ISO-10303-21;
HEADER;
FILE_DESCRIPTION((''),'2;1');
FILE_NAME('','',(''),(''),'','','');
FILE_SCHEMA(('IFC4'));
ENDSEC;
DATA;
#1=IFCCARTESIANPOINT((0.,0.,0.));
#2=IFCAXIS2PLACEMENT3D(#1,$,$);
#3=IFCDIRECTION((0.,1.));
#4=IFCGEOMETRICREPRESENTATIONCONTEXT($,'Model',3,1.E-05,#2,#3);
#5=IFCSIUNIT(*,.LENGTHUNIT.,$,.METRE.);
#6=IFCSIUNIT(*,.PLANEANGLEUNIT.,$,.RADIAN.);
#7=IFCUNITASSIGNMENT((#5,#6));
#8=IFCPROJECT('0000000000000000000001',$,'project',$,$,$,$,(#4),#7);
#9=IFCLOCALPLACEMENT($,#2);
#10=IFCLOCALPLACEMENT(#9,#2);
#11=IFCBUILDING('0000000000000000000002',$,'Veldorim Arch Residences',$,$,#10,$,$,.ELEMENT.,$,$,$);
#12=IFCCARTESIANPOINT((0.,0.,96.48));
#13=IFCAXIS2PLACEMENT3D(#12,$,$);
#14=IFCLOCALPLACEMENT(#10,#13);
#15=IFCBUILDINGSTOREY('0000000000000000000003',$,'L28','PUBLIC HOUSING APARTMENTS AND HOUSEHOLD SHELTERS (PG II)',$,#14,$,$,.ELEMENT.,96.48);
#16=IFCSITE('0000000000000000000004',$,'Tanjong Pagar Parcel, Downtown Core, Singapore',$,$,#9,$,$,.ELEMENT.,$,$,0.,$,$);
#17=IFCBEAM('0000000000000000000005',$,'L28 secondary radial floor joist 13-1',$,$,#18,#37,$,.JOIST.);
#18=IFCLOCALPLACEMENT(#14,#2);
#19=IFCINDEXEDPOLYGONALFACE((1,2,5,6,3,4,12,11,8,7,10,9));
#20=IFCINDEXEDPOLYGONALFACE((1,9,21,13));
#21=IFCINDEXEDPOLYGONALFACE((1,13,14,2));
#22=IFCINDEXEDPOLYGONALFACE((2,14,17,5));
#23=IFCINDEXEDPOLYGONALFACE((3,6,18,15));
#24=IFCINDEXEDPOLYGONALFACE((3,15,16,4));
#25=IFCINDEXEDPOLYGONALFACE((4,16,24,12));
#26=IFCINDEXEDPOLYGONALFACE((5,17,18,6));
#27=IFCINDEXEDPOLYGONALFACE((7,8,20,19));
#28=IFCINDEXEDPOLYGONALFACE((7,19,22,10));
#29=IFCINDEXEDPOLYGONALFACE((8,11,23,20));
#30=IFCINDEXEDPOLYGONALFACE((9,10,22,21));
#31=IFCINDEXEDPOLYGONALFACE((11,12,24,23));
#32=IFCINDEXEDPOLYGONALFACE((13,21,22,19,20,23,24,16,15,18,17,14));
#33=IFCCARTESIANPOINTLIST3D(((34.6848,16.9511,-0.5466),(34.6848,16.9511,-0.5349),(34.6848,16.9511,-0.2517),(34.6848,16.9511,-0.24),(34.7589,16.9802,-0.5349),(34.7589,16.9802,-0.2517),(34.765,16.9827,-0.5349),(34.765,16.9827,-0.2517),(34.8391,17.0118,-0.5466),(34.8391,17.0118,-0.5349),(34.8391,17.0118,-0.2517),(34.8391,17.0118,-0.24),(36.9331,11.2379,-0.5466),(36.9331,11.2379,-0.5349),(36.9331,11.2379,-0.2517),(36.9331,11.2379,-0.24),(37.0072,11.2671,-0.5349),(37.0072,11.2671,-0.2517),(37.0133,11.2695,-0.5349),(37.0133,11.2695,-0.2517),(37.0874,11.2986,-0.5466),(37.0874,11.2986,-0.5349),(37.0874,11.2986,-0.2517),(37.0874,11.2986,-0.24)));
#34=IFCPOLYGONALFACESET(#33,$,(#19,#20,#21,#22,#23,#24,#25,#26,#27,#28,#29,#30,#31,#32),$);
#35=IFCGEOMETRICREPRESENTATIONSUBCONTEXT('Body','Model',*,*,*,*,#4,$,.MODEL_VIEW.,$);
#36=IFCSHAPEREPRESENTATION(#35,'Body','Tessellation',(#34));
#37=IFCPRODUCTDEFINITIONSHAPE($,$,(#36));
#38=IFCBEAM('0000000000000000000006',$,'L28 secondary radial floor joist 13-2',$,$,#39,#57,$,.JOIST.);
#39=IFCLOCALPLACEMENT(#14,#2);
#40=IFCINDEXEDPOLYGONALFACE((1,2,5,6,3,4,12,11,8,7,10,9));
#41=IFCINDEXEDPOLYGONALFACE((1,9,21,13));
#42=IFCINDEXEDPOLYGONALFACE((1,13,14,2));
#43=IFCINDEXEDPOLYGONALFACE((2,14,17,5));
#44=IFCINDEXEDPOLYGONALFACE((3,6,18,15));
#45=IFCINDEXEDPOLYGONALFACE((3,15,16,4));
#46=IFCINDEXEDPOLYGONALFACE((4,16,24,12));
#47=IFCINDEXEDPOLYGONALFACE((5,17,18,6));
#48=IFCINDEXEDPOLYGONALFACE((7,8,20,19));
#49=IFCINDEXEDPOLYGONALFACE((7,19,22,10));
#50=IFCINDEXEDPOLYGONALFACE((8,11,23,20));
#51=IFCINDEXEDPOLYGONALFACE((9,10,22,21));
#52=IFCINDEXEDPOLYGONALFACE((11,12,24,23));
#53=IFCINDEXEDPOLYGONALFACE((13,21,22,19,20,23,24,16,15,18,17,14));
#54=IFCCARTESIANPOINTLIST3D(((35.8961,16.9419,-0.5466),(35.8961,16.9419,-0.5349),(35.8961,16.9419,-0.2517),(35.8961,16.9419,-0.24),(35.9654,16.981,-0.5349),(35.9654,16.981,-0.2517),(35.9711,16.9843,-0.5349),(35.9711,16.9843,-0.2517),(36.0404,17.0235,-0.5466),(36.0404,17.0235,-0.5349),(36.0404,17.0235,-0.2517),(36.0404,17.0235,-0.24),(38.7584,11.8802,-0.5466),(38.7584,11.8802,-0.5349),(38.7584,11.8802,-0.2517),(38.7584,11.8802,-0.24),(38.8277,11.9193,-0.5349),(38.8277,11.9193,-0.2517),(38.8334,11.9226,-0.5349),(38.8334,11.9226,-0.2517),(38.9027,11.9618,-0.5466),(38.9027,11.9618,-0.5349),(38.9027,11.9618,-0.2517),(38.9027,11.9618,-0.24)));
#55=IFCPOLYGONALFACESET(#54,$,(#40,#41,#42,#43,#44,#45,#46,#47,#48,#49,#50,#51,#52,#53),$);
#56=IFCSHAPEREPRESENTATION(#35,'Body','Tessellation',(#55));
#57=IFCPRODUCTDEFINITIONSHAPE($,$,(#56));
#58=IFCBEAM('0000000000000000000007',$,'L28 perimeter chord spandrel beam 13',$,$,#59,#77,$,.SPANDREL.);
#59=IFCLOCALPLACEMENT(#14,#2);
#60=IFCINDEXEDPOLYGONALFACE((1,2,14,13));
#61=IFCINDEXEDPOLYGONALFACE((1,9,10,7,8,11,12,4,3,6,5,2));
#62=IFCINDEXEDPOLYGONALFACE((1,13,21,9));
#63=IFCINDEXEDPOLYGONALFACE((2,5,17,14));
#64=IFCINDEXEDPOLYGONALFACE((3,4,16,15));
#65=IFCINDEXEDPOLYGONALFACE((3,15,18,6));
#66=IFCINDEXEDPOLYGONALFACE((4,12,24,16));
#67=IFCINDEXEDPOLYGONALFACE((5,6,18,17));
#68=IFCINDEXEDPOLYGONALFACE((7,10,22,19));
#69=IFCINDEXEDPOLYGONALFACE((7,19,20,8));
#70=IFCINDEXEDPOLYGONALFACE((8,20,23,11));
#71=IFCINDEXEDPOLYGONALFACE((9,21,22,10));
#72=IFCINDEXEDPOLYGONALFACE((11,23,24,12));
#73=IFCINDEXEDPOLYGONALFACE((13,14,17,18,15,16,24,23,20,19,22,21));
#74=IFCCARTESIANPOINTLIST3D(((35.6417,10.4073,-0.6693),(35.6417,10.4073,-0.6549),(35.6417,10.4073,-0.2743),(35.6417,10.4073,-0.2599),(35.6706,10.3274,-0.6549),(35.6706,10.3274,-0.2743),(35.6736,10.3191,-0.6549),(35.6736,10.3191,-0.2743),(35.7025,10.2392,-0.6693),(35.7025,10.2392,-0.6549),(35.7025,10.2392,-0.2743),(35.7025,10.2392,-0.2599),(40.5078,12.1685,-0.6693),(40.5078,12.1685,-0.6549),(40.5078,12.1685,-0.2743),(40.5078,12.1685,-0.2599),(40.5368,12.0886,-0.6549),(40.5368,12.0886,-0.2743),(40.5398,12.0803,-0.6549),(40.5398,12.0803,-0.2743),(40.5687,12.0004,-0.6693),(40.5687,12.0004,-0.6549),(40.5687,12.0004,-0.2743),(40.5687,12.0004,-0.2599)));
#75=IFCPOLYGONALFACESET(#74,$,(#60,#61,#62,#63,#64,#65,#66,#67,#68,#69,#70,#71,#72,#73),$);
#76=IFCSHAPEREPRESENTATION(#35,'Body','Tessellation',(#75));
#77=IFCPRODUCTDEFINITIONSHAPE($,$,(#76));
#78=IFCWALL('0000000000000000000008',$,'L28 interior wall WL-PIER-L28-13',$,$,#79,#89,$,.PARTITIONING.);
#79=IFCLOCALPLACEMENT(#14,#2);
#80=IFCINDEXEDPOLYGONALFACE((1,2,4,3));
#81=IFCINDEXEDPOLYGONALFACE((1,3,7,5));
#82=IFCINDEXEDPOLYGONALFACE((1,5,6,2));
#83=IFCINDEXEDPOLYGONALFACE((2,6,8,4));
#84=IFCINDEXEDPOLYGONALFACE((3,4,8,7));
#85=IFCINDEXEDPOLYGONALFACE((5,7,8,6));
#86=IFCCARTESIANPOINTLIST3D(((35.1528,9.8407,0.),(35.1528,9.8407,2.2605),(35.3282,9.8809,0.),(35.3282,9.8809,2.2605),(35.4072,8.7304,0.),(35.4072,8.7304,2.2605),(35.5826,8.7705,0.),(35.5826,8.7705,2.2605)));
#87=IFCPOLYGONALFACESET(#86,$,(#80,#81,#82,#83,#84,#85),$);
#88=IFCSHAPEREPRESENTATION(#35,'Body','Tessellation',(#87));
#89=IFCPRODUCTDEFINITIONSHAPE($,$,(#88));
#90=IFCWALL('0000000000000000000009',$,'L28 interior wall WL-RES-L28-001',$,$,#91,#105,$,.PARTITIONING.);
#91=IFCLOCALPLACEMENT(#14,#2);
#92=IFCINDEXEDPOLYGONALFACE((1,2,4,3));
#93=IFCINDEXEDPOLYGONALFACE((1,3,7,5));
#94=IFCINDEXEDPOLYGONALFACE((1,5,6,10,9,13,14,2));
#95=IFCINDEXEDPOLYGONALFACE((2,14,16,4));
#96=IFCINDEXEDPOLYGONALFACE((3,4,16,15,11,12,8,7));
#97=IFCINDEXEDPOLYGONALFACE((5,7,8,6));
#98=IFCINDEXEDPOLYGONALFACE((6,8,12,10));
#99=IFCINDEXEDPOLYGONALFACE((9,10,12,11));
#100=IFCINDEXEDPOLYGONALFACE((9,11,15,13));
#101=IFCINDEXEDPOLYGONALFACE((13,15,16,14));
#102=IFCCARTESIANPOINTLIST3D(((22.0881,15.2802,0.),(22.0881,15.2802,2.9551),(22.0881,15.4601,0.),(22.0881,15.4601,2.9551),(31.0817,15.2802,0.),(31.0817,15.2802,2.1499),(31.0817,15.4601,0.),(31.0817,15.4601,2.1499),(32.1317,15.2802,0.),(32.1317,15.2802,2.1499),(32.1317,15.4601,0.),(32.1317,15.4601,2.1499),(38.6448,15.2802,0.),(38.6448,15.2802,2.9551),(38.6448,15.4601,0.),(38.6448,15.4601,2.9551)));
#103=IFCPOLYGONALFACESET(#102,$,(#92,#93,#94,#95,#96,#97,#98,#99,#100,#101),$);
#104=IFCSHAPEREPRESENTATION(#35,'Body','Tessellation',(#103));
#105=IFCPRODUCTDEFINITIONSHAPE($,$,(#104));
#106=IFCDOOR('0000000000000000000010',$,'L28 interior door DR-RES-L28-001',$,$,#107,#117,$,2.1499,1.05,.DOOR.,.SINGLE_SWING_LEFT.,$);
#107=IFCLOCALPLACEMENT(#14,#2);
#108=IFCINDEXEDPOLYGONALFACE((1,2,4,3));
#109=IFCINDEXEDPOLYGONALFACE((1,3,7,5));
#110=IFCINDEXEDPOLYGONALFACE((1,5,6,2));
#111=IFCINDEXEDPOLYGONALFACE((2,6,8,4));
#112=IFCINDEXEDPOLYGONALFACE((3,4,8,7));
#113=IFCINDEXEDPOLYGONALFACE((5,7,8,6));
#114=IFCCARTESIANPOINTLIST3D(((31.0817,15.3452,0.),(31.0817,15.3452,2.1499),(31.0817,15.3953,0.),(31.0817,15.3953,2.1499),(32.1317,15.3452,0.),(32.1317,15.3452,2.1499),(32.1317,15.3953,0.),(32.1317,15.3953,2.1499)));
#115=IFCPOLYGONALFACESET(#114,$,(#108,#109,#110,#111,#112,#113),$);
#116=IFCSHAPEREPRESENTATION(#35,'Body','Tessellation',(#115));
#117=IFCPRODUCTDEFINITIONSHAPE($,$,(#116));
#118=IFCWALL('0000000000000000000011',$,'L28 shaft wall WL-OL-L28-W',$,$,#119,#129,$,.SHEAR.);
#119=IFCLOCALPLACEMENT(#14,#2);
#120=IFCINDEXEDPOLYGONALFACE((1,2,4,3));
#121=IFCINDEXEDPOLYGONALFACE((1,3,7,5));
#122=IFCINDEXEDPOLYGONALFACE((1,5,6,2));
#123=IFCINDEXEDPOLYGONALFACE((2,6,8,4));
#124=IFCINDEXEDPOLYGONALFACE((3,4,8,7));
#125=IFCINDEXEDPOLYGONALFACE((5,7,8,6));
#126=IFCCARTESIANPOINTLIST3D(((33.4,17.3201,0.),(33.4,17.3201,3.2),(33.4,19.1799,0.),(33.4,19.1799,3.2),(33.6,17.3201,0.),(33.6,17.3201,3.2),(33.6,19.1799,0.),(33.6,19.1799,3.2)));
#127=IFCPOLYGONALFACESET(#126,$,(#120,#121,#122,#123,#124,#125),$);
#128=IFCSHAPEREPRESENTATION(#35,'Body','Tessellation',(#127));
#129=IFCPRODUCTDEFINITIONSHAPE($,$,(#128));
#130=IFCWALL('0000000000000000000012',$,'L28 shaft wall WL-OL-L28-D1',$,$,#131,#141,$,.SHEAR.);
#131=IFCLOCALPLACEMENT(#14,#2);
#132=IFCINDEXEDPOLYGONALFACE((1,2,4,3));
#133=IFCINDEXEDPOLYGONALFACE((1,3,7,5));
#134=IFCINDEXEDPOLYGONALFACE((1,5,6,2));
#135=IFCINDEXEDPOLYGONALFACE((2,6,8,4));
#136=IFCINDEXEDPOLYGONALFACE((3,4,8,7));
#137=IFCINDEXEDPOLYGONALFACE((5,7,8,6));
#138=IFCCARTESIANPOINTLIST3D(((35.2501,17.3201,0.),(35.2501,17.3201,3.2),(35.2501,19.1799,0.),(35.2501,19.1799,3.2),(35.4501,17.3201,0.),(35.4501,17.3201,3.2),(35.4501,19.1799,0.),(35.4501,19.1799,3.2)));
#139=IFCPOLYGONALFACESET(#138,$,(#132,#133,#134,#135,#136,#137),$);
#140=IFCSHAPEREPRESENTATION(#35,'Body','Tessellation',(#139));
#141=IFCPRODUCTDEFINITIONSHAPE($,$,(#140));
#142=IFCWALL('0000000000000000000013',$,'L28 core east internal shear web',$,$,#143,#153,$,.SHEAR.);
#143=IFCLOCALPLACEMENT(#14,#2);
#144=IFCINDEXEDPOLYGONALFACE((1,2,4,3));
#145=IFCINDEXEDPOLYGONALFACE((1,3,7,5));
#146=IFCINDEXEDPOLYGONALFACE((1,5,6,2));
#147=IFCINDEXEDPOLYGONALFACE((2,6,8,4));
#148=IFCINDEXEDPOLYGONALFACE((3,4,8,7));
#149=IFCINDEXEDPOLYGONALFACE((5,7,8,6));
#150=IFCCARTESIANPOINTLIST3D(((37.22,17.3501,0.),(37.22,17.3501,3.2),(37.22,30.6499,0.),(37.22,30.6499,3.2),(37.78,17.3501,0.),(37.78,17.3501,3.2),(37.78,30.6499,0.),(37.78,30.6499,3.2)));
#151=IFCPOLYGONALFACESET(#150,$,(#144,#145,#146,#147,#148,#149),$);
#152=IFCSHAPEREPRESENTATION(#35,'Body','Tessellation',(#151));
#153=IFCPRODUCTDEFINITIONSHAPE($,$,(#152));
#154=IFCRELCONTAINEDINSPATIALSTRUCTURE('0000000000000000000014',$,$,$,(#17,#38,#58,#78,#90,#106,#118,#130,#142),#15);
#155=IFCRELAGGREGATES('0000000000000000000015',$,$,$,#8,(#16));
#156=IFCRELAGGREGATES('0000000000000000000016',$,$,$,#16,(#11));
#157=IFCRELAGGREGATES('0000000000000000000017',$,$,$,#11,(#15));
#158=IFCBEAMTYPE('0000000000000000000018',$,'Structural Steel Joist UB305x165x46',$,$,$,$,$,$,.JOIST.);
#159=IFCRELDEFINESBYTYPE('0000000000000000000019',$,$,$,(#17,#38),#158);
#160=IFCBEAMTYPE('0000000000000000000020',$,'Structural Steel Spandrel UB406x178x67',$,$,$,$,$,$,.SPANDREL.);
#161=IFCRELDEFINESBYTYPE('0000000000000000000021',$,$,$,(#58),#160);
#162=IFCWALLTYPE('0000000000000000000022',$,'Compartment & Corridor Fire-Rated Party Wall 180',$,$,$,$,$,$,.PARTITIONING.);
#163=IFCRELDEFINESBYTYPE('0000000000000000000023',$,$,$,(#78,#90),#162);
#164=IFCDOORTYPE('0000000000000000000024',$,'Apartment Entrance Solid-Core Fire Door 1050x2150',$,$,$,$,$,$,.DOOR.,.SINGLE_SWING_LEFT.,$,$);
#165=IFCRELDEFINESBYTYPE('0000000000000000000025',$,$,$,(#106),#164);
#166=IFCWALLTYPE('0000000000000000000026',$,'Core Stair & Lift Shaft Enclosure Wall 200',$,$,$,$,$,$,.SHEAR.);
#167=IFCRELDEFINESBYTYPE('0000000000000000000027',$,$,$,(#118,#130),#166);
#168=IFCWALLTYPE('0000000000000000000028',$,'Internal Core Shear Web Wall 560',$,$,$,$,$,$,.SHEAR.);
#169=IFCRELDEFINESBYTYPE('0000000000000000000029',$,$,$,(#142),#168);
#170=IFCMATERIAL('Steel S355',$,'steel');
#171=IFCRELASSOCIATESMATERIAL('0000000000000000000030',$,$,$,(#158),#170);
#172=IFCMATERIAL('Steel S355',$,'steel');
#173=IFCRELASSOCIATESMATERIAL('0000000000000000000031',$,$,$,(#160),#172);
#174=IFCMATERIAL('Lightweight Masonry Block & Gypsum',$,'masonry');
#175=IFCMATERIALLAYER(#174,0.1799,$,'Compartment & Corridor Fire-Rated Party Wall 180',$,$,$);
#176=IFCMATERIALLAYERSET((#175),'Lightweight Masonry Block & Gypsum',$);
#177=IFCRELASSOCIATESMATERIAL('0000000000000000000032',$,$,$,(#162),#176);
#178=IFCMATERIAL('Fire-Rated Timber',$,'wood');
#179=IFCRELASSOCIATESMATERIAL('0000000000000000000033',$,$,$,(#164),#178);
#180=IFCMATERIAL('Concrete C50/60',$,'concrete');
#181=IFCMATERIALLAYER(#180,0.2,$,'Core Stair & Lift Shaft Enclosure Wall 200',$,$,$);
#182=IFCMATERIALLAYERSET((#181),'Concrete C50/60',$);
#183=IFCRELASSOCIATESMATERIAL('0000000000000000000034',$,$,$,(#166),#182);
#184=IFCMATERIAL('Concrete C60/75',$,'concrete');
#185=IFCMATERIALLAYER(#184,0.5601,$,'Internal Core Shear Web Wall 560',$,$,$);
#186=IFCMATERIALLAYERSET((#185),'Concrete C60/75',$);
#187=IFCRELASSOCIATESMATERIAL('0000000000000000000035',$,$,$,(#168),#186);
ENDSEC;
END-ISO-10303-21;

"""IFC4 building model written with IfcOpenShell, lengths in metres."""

from ifc_helpers import new_model, si_unit, direction, frame, frame_2d, origin, origin_2d, place, context, subcontext, project, spatial, rectangle, i_section, extrude, material, layer, layer_set, material_profile, profile_set, type_object, element, fill, save


model = new_model("IFC4")

# Units and contexts
model_context = context("Model", 3, precision=1e-05, world=origin(), true_north=direction((0.0, 1.0)))
body_context = subcontext(model_context, "Body", "Model", "MODEL_VIEW")
ifc_project = project(units=[si_unit("LENGTHUNIT", "METRE"), si_unit("PLANEANGLEUNIT", "RADIAN")], contexts=[model_context])

# Site, building, storey
site_placement = place(None, origin())
site = spatial("IfcSite", under=ifc_project, at=site_placement, Name="Tanjong Pagar Parcel, Downtown Core, Singapore", CompositionType="ELEMENT", RefElevation=0.0)
building_placement = place(site_placement, origin())
building = spatial("IfcBuilding", under=site, at=building_placement, Name="Veldorim Arch Residences", CompositionType="ELEMENT")
storey_placement = place(building_placement, frame((0.0, 0.0, 96.48)))
storey = spatial("IfcBuildingStorey", under=building, at=storey_placement, Name="L28", Description="PUBLIC HOUSING APARTMENTS AND HOUSEHOLD SHELTERS (PG II)", CompositionType="ELEMENT", Elevation=96.48)

# Beams
ifc_material_1 = material(Name="Steel S355", Category="steel")
ifc_material_profile_1 = material_profile(ifc_material_1, i_section(OverallWidth=0.1658, OverallDepth=0.3066, WebThickness=0.0066, FlangeThickness=0.0117, at=origin_2d()), Name="UB305x165x46")
ifc_profile_set_1 = profile_set([ifc_material_profile_1], Name="Steel S355")
beam_type_1 = type_object("IfcBeamType", Name="Structural Steel Joist UB305x165x46", PredefinedType="JOIST", material=ifc_profile_set_1)
beam_1_placement = place(storey_placement, frame((34.762, 16.9814, -0.3933), z_axis=(0.366195, -0.930538, 0.0), x_axis=(0.930538, 0.366195, 0.0)))
element("IfcBeam", 1, at=beam_1_placement, inside=storey, type_object=beam_type_1, Name="L28 secondary radial floor joist 13-1", PredefinedType="JOIST", context=body_context, shape_type="SweptSolid", body=[
    extrude(i_section(OverallWidth=0.1658, OverallDepth=0.3066, WebThickness=0.0066, FlangeThickness=0.0117, at=origin_2d()), origin(), (0.0, 0.0, 1.0), 6.1396),
])
beam_2_placement = place(storey_placement, frame((35.9683, 16.9827, -0.3933), z_axis=(0.492227, -0.870467, 0.0), x_axis=(0.870467, 0.492227, 0.0)))
element("IfcBeam", 2, at=beam_2_placement, inside=storey, type_object=beam_type_1, Name="L28 secondary radial floor joist 13-2", PredefinedType="JOIST", context=body_context, shape_type="SweptSolid", body=[
    extrude(i_section(OverallWidth=0.1658, OverallDepth=0.3066, WebThickness=0.0066, FlangeThickness=0.0117, at=origin_2d()), origin(), (0.0, 0.0, 1.0), 5.8149),
])
ifc_material_2 = material(Name="Steel S355", Category="steel")
ifc_material_profile_2 = material_profile(ifc_material_2, i_section(OverallWidth=0.1787, OverallDepth=0.4094, WebThickness=0.0088, FlangeThickness=0.0144, at=origin_2d()), Name="UB406x178x67")
ifc_profile_set_2 = profile_set([ifc_material_profile_2], Name="Steel S355")
beam_type_2 = type_object("IfcBeamType", Name="Structural Steel Spandrel UB406x178x67", PredefinedType="SPANDREL", material=ifc_profile_set_2)
beam_3_placement = place(storey_placement, frame((35.6721, 10.3232, -0.4646), z_axis=(0.940308, 0.340326, 0.0), x_axis=(-0.340326, 0.940308, 0.0)))
element("IfcBeam", 3, at=beam_3_placement, inside=storey, type_object=beam_type_2, Name="L28 perimeter chord spandrel beam 13", PredefinedType="SPANDREL", context=body_context, shape_type="SweptSolid", body=[
    extrude(i_section(OverallWidth=0.1787, OverallDepth=0.4094, WebThickness=0.0088, FlangeThickness=0.0144, at=origin_2d()), origin(), (0.0, 0.0, 1.0), 5.175),
])

# Wall
ifc_material_3 = material(Name="Lightweight Masonry Block & Gypsum", Category="masonry")
ifc_layer_1 = layer(ifc_material_3, 0.1799, Name="Compartment & Corridor Fire-Rated Party Wall 180")
ifc_layer_set_1 = layer_set([ifc_layer_1], Name="Lightweight Masonry Block & Gypsum")
wall_type_1 = type_object("IfcWallType", Name="Compartment & Corridor Fire-Rated Party Wall 180", PredefinedType="PARTITIONING", material=ifc_layer_set_1)
wall_1_placement = place(storey_placement, frame((35.2405, 9.8608, 0.0), z_axis=(0.0, 0.0, 1.0), x_axis=(0.223325, -0.974744, 0.0)))
element("IfcWall", 4, at=wall_1_placement, inside=storey, type_object=wall_type_1, Name="L28 interior wall WL-PIER-L28-13", PredefinedType="PARTITIONING", context=body_context, shape_type="SweptSolid", body=[
    extrude(rectangle(XDim=1.1392, YDim=0.1799, at=frame_2d((0.5696, 0.0))), origin(), (0.0, 0.0, 1.0), 2.2605),
])

# Wall, opening, door
wall_2_placement = place(storey_placement, frame((38.6448, 15.3701, 0.0), z_axis=(0.0, 0.0, 1.0), x_axis=(-1.0, 0.0, 0.0)))
wall_2 = element("IfcWall", 5, at=wall_2_placement, inside=storey, type_object=wall_type_1, Name="L28 interior wall WL-RES-L28-001", PredefinedType="PARTITIONING", context=body_context, shape_type="SweptSolid", body=[
    extrude(rectangle(XDim=16.5566, YDim=0.1799, at=frame_2d((8.2783, 0.0))), origin(), (0.0, 0.0, 1.0), 2.9551),
])
opening_1_placement = place(wall_2_placement, frame((6.5132, 0.0, 0.0)))
opening_1 = element("IfcOpeningElement", 6, at=opening_1_placement, cuts=wall_2, PredefinedType="OPENING", context=body_context, shape_type="SweptSolid", body=[
    extrude(rectangle(XDim=1.05, YDim=2.1499, at=frame_2d((0.5249, 1.075))), frame((0.0, 0.0999, 0.0), z_axis=(0.0, -1.0, 0.0), x_axis=(1.0, 0.0, 0.0)), (0.0, 0.0, 1.0), 0.2),
])
ifc_material_4 = material(Name="Fire-Rated Timber", Category="wood")
door_type_1 = type_object("IfcDoorType", Name="Apartment Entrance Solid-Core Fire Door 1050x2150", OperationType="SINGLE_SWING_LEFT", PredefinedType="DOOR", material=ifc_material_4)
door_1_placement = place(opening_1_placement, origin())
door_1 = element("IfcDoor", 7, at=door_1_placement, inside=storey, type_object=door_type_1, Name="L28 interior door DR-RES-L28-001", OperationType="SINGLE_SWING_LEFT", OverallHeight=2.1499, OverallWidth=1.05, PredefinedType="DOOR", context=body_context, shape_type="SweptSolid", body=[
    extrude(rectangle(XDim=1.05, YDim=2.1499, at=frame_2d((0.5249, 1.075))), frame((0.0, 0.0249, 0.0), z_axis=(0.0, -1.0, 0.0), x_axis=(1.0, 0.0, 0.0)), (0.0, 0.0, 1.0), 0.05),
])
fill(opening_1, door_1)

# Walls
ifc_material_5 = material(Name="Concrete C50/60", Category="concrete")
ifc_layer_2 = layer(ifc_material_5, 0.2, Name="Core Stair & Lift Shaft Enclosure Wall 200")
ifc_layer_set_2 = layer_set([ifc_layer_2], Name="Concrete C50/60")
wall_type_2 = type_object("IfcWallType", Name="Core Stair & Lift Shaft Enclosure Wall 200", PredefinedType="SHEAR", material=ifc_layer_set_2)
for number, where, z_axis, x_axis, name in (
    (8, (33.5, 17.3201, 0.0), (0.0, 0.0, 1.0), (0.0, 1.0, 0.0), "L28 shaft wall WL-OL-L28-W"),
    (9, (35.3501, 17.3201, 0.0), (0.0, 0.0, 1.0), (0.0, 1.0, 0.0), "L28 shaft wall WL-OL-L28-D1"),
):
    element("IfcWall", number, at=place(storey_placement, frame(where, z_axis=z_axis, x_axis=x_axis)), inside=storey, type_object=wall_type_2, Name=name, PredefinedType="SHEAR", context=body_context, shape_type="SweptSolid", body=[
        extrude(rectangle(XDim=1.8599, YDim=0.2, at=frame_2d((0.9299, 0.0))), origin(), (0.0, 0.0, 1.0), 3.2),
    ])
ifc_material_6 = material(Name="Concrete C60/75", Category="concrete")
ifc_layer_3 = layer(ifc_material_6, 0.5601, Name="Internal Core Shear Web Wall 560")
ifc_layer_set_3 = layer_set([ifc_layer_3], Name="Concrete C60/75")
wall_type_3 = type_object("IfcWallType", Name="Internal Core Shear Web Wall 560", PredefinedType="SHEAR", material=ifc_layer_set_3)
wall_3_placement = place(storey_placement, frame((37.5, 17.3501, 0.0), z_axis=(0.0, 0.0, 1.0), x_axis=(0.0, 1.0, 0.0)))
element("IfcWall", 10, at=wall_3_placement, inside=storey, type_object=wall_type_3, Name="L28 core east internal shear web", PredefinedType="SHEAR", context=body_context, shape_type="SweptSolid", body=[
    extrude(rectangle(XDim=13.2998, YDim=0.5601, at=frame_2d((6.6499, 0.0))), origin(), (0.0, 0.0, 1.0), 3.2),
])

save(model, "model.ifc")
